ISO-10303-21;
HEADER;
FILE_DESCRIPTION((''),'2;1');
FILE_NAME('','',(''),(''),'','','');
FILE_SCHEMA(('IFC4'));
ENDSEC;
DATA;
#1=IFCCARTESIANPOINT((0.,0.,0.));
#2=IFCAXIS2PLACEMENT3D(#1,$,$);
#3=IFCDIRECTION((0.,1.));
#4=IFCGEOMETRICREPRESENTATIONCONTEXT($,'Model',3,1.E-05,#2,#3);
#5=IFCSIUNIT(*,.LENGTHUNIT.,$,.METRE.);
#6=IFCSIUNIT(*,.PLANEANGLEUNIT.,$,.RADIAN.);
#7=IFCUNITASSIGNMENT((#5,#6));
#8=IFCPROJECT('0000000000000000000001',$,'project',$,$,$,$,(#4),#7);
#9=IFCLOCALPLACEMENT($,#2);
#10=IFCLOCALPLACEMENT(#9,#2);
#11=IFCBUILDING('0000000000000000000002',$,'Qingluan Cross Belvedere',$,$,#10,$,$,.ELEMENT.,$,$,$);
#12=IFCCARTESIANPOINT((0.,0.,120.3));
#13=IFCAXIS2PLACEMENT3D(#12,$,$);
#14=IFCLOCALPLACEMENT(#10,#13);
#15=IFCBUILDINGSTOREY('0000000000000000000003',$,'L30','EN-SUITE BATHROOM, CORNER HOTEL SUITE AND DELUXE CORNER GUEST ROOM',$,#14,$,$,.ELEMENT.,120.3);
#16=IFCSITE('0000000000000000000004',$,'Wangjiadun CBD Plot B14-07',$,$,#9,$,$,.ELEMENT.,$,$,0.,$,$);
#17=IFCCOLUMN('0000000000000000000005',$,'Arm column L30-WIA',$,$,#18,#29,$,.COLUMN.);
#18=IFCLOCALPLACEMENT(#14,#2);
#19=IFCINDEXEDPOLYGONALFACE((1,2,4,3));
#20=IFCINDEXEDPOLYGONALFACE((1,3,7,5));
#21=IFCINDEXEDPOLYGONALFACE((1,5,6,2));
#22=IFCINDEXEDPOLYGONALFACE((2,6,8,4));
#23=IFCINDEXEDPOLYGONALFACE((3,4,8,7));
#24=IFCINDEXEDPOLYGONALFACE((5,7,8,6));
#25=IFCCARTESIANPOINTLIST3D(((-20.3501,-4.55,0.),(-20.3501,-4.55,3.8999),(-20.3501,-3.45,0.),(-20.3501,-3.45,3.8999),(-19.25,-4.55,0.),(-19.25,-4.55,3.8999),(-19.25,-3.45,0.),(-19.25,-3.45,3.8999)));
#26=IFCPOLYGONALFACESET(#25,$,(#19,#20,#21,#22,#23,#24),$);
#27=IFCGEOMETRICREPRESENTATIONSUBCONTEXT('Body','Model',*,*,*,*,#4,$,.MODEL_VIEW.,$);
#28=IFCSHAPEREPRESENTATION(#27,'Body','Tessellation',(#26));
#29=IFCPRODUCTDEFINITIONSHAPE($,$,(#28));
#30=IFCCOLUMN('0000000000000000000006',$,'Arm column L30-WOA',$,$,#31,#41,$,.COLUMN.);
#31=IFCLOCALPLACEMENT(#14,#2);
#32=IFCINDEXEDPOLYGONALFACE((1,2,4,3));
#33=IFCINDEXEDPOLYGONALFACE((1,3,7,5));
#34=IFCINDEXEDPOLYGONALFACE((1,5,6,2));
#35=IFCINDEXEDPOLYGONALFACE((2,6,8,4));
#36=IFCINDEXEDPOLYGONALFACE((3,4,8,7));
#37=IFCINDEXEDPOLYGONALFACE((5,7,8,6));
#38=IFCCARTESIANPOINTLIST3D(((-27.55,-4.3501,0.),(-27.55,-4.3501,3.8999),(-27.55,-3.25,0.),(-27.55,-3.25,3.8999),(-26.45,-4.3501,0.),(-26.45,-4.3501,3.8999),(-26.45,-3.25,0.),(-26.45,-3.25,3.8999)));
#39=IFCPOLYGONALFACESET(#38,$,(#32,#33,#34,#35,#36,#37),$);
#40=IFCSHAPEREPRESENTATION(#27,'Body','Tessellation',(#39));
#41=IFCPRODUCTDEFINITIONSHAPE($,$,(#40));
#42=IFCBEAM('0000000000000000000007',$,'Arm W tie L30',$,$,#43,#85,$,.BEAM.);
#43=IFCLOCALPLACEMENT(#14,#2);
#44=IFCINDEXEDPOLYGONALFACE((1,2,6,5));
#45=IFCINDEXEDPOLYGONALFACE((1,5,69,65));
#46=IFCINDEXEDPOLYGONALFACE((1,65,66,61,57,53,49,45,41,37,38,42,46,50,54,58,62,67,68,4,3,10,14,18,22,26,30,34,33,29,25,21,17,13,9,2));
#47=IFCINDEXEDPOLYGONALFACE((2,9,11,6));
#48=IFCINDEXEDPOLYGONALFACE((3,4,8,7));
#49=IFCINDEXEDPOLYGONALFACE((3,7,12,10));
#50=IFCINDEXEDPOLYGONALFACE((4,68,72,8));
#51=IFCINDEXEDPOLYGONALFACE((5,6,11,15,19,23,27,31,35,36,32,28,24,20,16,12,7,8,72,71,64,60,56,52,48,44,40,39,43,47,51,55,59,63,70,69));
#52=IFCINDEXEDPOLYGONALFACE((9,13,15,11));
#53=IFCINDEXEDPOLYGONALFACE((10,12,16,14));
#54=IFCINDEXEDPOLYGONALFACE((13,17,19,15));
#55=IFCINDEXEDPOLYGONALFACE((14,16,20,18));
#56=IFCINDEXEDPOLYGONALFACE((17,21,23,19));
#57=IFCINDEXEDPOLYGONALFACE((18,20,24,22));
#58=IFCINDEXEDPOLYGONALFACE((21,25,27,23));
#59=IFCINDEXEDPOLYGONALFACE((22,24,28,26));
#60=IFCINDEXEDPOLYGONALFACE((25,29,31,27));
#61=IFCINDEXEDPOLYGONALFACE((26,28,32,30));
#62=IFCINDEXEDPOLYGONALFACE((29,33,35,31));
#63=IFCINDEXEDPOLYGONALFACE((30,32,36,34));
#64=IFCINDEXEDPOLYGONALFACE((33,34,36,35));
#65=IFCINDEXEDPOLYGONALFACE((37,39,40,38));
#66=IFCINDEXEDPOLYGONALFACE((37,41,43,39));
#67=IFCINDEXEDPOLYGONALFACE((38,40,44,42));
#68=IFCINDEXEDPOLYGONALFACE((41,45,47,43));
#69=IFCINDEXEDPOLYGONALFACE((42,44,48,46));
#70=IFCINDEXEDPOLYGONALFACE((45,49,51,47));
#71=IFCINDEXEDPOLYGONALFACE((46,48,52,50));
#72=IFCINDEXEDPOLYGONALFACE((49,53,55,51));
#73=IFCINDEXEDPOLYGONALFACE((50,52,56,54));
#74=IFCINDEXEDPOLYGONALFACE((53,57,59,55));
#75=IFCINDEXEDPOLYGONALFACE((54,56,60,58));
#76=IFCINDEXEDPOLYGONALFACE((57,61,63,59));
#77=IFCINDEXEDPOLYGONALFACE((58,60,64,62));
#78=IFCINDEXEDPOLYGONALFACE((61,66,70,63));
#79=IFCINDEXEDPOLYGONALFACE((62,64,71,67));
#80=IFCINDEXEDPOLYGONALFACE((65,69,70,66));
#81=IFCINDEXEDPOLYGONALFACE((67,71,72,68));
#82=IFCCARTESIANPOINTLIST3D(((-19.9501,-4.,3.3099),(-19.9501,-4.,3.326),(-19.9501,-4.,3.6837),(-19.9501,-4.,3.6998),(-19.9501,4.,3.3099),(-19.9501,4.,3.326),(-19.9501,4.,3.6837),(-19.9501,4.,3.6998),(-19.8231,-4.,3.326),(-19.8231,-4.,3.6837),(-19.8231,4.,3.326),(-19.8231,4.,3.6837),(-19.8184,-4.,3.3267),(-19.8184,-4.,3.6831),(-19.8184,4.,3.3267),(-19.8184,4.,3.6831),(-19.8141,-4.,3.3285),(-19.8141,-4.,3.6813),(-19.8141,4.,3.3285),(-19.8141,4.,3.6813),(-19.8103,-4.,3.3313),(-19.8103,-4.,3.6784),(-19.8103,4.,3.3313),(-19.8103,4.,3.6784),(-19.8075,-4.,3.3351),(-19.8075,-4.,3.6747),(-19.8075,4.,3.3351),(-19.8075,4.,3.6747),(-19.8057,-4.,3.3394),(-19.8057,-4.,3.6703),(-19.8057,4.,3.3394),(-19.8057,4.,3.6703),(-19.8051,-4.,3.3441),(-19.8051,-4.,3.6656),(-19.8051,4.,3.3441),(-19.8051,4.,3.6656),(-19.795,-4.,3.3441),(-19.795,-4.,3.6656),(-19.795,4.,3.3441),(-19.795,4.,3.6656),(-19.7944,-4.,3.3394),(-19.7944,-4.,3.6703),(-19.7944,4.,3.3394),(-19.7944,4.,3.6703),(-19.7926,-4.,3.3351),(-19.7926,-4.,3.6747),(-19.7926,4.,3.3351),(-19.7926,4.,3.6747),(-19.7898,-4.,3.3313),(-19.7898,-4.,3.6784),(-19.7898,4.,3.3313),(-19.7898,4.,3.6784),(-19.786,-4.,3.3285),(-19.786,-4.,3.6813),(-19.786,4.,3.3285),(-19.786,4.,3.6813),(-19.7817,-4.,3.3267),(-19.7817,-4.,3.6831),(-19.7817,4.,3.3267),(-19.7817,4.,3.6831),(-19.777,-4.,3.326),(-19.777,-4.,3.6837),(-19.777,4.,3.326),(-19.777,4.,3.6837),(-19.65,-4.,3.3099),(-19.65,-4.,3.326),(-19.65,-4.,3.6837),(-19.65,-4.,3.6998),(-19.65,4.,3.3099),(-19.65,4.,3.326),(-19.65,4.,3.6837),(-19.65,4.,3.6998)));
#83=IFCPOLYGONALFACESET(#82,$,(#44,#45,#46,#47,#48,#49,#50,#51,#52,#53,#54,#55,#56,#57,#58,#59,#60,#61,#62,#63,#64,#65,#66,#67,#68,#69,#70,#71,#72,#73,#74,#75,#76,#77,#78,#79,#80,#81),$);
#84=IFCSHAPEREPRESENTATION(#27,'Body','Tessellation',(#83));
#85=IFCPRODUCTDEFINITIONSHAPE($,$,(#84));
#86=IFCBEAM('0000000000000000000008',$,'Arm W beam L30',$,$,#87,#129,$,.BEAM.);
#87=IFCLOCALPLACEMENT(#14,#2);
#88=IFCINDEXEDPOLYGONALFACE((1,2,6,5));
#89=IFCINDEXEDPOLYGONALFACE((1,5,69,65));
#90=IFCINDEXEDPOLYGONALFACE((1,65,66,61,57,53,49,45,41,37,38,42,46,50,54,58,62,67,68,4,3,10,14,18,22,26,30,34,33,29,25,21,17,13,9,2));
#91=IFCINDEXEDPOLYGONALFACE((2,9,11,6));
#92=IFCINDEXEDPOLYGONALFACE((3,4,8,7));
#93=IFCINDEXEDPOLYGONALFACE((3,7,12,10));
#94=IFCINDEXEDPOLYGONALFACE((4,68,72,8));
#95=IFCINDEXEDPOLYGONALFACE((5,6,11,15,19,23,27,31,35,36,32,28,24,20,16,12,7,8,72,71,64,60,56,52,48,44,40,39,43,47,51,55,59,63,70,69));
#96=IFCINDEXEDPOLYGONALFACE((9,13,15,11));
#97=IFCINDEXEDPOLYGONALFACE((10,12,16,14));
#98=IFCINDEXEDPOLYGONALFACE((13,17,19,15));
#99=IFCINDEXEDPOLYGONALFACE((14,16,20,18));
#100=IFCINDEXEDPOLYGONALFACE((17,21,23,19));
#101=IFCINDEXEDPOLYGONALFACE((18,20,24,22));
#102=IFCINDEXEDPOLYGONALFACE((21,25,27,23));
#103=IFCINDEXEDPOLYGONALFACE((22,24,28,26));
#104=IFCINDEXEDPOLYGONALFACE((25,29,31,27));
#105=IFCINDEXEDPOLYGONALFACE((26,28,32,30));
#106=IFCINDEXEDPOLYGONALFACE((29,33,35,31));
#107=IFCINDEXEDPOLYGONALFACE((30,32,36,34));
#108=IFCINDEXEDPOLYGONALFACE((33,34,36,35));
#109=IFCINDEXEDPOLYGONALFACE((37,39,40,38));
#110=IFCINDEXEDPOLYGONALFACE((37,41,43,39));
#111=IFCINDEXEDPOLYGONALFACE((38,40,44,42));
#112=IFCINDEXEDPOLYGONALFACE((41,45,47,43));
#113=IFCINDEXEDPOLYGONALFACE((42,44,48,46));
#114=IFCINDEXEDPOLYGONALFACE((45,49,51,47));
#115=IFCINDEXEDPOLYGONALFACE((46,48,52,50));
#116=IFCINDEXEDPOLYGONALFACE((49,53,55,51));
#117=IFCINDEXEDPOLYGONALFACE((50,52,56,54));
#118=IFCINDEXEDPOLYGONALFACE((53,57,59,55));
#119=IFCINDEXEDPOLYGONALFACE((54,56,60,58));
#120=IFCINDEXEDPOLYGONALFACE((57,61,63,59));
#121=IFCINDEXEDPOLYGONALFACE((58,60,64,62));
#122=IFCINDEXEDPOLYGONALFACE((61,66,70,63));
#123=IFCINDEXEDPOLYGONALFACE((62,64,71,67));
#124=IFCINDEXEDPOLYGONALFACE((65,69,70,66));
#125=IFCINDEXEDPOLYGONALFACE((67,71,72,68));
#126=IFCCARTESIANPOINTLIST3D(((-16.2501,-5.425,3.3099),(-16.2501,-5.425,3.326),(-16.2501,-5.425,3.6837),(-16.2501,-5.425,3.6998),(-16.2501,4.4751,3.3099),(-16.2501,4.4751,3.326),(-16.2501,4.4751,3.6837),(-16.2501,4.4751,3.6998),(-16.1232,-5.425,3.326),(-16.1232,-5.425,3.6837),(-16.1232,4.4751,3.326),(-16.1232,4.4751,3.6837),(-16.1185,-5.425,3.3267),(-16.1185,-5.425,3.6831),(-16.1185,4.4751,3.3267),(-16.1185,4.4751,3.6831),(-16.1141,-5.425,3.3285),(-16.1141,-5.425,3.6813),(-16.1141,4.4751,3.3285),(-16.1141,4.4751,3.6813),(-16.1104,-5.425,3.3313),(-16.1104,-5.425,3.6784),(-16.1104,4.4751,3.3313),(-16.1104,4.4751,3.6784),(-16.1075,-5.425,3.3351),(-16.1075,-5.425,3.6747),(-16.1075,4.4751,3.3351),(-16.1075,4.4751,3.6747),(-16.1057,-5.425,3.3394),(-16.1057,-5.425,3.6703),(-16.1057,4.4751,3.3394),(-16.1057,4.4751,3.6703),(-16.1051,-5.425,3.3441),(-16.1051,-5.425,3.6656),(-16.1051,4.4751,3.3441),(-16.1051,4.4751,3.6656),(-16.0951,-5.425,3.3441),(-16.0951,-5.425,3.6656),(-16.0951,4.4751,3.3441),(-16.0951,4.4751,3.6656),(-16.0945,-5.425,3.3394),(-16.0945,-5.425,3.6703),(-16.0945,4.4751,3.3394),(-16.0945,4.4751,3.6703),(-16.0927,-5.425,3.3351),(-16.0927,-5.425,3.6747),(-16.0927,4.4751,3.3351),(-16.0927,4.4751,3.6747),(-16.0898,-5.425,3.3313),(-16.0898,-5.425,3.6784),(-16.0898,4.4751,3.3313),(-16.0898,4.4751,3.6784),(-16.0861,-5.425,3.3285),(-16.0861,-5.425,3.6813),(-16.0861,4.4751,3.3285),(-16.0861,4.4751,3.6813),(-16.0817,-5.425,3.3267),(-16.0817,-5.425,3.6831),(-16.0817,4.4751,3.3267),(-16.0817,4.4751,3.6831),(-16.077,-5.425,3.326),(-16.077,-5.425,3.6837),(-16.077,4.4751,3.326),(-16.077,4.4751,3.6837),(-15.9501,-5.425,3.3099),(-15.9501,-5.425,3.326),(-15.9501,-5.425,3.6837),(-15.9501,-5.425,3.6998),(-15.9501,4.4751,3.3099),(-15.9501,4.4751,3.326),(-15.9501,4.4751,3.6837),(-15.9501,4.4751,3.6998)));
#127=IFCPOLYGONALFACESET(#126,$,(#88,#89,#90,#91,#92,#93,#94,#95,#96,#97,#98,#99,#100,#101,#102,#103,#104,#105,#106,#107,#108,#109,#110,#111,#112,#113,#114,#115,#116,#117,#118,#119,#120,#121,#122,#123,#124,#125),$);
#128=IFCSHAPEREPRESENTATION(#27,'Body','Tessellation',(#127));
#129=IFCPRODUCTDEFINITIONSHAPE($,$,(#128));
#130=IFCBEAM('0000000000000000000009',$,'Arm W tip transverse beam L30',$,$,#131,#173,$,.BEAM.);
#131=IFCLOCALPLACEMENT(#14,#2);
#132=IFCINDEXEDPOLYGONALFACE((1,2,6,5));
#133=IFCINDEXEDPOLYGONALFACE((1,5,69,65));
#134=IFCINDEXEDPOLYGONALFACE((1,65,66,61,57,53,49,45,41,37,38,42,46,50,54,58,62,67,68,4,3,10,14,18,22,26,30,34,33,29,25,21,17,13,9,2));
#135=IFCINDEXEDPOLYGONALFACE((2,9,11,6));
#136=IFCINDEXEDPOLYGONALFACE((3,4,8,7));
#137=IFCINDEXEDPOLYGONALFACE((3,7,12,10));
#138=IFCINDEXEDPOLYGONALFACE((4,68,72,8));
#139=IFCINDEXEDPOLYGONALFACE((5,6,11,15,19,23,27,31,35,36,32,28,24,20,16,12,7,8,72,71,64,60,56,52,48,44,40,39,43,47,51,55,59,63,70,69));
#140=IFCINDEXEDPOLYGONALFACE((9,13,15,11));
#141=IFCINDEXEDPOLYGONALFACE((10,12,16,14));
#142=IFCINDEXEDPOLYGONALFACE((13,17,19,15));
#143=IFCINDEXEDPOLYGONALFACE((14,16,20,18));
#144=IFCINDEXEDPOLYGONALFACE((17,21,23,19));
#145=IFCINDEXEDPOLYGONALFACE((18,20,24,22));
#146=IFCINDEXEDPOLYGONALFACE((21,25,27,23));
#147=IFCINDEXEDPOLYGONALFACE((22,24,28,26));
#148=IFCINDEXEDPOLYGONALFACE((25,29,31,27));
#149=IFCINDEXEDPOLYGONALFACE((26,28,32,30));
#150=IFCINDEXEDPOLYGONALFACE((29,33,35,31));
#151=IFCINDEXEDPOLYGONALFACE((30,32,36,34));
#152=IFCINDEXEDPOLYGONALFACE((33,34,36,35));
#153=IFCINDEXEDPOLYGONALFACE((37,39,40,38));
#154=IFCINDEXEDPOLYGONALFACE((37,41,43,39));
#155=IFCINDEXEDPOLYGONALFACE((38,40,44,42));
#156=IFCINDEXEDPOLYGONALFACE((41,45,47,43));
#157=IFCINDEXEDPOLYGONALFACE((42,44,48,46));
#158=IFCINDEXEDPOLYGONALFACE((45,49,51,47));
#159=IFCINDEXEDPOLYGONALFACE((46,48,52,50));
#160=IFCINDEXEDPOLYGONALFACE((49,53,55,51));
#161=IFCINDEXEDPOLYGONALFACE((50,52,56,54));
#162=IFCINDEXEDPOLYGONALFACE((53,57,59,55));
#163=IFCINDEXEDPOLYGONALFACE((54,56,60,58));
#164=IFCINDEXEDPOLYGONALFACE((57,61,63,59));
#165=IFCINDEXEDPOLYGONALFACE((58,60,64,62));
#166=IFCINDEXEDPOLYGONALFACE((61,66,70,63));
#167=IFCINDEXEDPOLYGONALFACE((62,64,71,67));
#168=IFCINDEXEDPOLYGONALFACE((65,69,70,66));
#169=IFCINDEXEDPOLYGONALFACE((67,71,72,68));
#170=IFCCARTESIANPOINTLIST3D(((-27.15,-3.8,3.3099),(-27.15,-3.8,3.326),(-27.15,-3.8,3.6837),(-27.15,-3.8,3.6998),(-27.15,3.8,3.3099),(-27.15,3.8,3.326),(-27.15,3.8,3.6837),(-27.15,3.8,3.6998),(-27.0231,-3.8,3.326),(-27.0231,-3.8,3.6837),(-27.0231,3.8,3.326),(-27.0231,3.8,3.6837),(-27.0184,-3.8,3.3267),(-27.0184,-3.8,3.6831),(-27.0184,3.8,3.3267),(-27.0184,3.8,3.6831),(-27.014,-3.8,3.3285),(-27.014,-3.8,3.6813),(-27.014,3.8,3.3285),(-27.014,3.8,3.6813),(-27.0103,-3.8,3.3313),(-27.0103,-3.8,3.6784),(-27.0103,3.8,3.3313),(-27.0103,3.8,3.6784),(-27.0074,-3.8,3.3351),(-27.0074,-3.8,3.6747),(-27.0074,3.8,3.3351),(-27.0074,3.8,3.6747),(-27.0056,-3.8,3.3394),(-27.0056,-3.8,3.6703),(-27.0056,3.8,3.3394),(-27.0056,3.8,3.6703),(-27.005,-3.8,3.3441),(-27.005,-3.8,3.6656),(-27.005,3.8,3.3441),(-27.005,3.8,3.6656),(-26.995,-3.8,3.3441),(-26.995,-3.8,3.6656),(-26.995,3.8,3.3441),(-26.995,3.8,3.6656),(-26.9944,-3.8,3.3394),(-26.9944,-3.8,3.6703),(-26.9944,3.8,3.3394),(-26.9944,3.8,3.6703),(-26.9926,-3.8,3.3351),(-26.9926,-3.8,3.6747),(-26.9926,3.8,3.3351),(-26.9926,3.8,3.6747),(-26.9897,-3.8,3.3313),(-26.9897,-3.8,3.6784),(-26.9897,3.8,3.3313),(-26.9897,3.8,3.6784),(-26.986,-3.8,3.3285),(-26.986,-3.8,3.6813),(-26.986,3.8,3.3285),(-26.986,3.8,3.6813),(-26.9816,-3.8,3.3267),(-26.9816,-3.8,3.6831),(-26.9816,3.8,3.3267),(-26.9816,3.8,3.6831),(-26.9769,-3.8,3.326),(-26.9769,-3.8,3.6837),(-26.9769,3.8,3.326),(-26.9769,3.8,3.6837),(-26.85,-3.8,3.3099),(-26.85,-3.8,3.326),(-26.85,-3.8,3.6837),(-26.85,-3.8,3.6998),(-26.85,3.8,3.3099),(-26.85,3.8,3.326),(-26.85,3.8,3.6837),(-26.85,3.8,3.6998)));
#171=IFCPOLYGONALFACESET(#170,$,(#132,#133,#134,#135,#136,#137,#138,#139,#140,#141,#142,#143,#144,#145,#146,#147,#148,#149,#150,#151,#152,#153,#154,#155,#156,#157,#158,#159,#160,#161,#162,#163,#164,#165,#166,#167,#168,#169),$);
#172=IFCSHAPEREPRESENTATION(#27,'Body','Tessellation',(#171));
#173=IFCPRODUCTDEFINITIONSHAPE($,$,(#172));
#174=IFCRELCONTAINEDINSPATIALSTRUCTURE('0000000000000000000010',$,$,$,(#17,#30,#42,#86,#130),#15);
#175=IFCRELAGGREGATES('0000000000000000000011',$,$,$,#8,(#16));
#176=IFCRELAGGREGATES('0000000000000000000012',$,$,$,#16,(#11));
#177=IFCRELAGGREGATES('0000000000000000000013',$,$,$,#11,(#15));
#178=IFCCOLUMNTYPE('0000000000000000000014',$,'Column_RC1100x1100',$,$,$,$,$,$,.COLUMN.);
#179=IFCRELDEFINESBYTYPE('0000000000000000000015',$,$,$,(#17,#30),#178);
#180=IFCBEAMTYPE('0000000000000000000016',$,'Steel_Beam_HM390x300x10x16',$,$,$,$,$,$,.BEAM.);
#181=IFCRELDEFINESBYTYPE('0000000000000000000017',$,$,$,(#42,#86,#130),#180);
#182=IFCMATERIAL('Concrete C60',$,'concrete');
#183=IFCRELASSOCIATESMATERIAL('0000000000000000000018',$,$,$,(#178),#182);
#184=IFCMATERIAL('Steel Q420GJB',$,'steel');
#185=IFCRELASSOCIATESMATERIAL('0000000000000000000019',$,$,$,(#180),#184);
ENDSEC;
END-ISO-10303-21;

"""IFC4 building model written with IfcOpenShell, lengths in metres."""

from ifc_helpers import new_model, si_unit, direction, frame, origin, origin_2d, place, context, subcontext, project, spatial, rectangle, i_section, extrude, material, material_profile, profile_set, type_object, element, save


model = new_model("IFC4")

# Units and contexts
model_context = context("Model", 3, precision=1e-05, world=origin(), true_north=direction((0.0, 1.0)))
body_context = subcontext(model_context, "Body", "Model", "MODEL_VIEW")
ifc_project = project(units=[si_unit("LENGTHUNIT", "METRE"), si_unit("PLANEANGLEUNIT", "RADIAN")], contexts=[model_context])

# Site, building, storey
site_placement = place(None, origin())
site = spatial("IfcSite", under=ifc_project, at=site_placement, Name="Wangjiadun CBD Plot B14-07", CompositionType="ELEMENT", RefElevation=0.0)
building_placement = place(site_placement, origin())
building = spatial("IfcBuilding", under=site, at=building_placement, Name="Qingluan Cross Belvedere", CompositionType="ELEMENT")
storey_placement = place(building_placement, frame((0.0, 0.0, 120.3)))
storey = spatial("IfcBuildingStorey", under=building, at=storey_placement, Name="L30", Description="EN-SUITE BATHROOM, CORNER HOTEL SUITE AND DELUXE CORNER GUEST ROOM", CompositionType="ELEMENT", Elevation=120.3)

# Columns
ifc_material_1 = material(Name="Concrete C60", Category="concrete")
ifc_material_profile_1 = material_profile(ifc_material_1, rectangle(XDim=1.1001, YDim=1.1001, at=origin_2d()), Name="RC1100x1100")
ifc_profile_set_1 = profile_set([ifc_material_profile_1], Name="Concrete C60")
column_type = type_object("IfcColumnType", Name="Column_RC1100x1100", PredefinedType="COLUMN", material=ifc_profile_set_1)
for number, where, z_axis, x_axis, name in (
    (1, (-19.8, -4.0, 0.0), (0.0, 0.0, 1.0), (1.0, 0.0, 0.0), "Arm column L30-WIA"),
    (2, (-27.0, -3.8, 0.0), (0.0, 0.0, 1.0), (1.0, 0.0, 0.0), "Arm column L30-WOA"),
):
    element("IfcColumn", number, at=place(storey_placement, frame(where, z_axis=z_axis, x_axis=x_axis)), inside=storey, type_object=column_type, Name=name, PredefinedType="COLUMN", context=body_context, shape_type="SweptSolid", body=[
        extrude(rectangle(XDim=1.1001, YDim=1.1001, at=origin_2d()), origin(), (0.0, 0.0, 1.0), 3.8999),
    ])

# Beams
ifc_material_2 = material(Name="Steel Q420GJB", Category="steel")
ifc_material_profile_2 = material_profile(ifc_material_2, i_section(OverallWidth=0.3, OverallDepth=0.3899, WebThickness=0.01, FlangeThickness=0.0161, FilletRadius=0.0181, at=origin_2d()), Name="HM390x300x10x16")
ifc_profile_set_2 = profile_set([ifc_material_profile_2], Name="Steel Q420GJB")
beam_type_1 = type_object("IfcBeamType", Name="Steel_Beam_HM390x300x10x16", PredefinedType="BEAM", material=ifc_profile_set_2)
beam_1_placement = place(storey_placement, frame((-19.8, -4.0, 3.5049), z_axis=(0.0, 1.0, 0.0), x_axis=(-1.0, 0.0, 0.0)))
element("IfcBeam", 3, at=beam_1_placement, inside=storey, type_object=beam_type_1, Name="Arm W tie L30", PredefinedType="BEAM", context=body_context, shape_type="SweptSolid", body=[
    extrude(i_section(OverallWidth=0.3, OverallDepth=0.3899, WebThickness=0.01, FlangeThickness=0.0161, FilletRadius=0.0181, at=origin_2d()), origin(), (0.0, 0.0, 1.0), 8.0),
])
beam_2_placement = place(storey_placement, frame((-16.1001, -5.425, 3.5049), z_axis=(0.0, 1.0, 0.0), x_axis=(-1.0, 0.0, 0.0)))
element("IfcBeam", 4, at=beam_2_placement, inside=storey, type_object=beam_type_1, Name="Arm W beam L30", PredefinedType="BEAM", context=body_context, shape_type="SweptSolid", body=[
    extrude(i_section(OverallWidth=0.3, OverallDepth=0.3899, WebThickness=0.01, FlangeThickness=0.0161, FilletRadius=0.0181, at=origin_2d()), origin(), (0.0, 0.0, 1.0), 9.9001),
])
beam_3_placement = place(storey_placement, frame((-27.0, -3.8, 3.5049), z_axis=(0.0, 1.0, 0.0), x_axis=(-1.0, 0.0, 0.0)))
element("IfcBeam", 5, at=beam_3_placement, inside=storey, type_object=beam_type_1, Name="Arm W tip transverse beam L30", PredefinedType="BEAM", context=body_context, shape_type="SweptSolid", body=[
    extrude(i_section(OverallWidth=0.3, OverallDepth=0.3899, WebThickness=0.01, FlangeThickness=0.0161, FilletRadius=0.0181, at=origin_2d()), origin(), (0.0, 0.0, 1.0), 7.6001),
])

save(model, "model.ifc")
